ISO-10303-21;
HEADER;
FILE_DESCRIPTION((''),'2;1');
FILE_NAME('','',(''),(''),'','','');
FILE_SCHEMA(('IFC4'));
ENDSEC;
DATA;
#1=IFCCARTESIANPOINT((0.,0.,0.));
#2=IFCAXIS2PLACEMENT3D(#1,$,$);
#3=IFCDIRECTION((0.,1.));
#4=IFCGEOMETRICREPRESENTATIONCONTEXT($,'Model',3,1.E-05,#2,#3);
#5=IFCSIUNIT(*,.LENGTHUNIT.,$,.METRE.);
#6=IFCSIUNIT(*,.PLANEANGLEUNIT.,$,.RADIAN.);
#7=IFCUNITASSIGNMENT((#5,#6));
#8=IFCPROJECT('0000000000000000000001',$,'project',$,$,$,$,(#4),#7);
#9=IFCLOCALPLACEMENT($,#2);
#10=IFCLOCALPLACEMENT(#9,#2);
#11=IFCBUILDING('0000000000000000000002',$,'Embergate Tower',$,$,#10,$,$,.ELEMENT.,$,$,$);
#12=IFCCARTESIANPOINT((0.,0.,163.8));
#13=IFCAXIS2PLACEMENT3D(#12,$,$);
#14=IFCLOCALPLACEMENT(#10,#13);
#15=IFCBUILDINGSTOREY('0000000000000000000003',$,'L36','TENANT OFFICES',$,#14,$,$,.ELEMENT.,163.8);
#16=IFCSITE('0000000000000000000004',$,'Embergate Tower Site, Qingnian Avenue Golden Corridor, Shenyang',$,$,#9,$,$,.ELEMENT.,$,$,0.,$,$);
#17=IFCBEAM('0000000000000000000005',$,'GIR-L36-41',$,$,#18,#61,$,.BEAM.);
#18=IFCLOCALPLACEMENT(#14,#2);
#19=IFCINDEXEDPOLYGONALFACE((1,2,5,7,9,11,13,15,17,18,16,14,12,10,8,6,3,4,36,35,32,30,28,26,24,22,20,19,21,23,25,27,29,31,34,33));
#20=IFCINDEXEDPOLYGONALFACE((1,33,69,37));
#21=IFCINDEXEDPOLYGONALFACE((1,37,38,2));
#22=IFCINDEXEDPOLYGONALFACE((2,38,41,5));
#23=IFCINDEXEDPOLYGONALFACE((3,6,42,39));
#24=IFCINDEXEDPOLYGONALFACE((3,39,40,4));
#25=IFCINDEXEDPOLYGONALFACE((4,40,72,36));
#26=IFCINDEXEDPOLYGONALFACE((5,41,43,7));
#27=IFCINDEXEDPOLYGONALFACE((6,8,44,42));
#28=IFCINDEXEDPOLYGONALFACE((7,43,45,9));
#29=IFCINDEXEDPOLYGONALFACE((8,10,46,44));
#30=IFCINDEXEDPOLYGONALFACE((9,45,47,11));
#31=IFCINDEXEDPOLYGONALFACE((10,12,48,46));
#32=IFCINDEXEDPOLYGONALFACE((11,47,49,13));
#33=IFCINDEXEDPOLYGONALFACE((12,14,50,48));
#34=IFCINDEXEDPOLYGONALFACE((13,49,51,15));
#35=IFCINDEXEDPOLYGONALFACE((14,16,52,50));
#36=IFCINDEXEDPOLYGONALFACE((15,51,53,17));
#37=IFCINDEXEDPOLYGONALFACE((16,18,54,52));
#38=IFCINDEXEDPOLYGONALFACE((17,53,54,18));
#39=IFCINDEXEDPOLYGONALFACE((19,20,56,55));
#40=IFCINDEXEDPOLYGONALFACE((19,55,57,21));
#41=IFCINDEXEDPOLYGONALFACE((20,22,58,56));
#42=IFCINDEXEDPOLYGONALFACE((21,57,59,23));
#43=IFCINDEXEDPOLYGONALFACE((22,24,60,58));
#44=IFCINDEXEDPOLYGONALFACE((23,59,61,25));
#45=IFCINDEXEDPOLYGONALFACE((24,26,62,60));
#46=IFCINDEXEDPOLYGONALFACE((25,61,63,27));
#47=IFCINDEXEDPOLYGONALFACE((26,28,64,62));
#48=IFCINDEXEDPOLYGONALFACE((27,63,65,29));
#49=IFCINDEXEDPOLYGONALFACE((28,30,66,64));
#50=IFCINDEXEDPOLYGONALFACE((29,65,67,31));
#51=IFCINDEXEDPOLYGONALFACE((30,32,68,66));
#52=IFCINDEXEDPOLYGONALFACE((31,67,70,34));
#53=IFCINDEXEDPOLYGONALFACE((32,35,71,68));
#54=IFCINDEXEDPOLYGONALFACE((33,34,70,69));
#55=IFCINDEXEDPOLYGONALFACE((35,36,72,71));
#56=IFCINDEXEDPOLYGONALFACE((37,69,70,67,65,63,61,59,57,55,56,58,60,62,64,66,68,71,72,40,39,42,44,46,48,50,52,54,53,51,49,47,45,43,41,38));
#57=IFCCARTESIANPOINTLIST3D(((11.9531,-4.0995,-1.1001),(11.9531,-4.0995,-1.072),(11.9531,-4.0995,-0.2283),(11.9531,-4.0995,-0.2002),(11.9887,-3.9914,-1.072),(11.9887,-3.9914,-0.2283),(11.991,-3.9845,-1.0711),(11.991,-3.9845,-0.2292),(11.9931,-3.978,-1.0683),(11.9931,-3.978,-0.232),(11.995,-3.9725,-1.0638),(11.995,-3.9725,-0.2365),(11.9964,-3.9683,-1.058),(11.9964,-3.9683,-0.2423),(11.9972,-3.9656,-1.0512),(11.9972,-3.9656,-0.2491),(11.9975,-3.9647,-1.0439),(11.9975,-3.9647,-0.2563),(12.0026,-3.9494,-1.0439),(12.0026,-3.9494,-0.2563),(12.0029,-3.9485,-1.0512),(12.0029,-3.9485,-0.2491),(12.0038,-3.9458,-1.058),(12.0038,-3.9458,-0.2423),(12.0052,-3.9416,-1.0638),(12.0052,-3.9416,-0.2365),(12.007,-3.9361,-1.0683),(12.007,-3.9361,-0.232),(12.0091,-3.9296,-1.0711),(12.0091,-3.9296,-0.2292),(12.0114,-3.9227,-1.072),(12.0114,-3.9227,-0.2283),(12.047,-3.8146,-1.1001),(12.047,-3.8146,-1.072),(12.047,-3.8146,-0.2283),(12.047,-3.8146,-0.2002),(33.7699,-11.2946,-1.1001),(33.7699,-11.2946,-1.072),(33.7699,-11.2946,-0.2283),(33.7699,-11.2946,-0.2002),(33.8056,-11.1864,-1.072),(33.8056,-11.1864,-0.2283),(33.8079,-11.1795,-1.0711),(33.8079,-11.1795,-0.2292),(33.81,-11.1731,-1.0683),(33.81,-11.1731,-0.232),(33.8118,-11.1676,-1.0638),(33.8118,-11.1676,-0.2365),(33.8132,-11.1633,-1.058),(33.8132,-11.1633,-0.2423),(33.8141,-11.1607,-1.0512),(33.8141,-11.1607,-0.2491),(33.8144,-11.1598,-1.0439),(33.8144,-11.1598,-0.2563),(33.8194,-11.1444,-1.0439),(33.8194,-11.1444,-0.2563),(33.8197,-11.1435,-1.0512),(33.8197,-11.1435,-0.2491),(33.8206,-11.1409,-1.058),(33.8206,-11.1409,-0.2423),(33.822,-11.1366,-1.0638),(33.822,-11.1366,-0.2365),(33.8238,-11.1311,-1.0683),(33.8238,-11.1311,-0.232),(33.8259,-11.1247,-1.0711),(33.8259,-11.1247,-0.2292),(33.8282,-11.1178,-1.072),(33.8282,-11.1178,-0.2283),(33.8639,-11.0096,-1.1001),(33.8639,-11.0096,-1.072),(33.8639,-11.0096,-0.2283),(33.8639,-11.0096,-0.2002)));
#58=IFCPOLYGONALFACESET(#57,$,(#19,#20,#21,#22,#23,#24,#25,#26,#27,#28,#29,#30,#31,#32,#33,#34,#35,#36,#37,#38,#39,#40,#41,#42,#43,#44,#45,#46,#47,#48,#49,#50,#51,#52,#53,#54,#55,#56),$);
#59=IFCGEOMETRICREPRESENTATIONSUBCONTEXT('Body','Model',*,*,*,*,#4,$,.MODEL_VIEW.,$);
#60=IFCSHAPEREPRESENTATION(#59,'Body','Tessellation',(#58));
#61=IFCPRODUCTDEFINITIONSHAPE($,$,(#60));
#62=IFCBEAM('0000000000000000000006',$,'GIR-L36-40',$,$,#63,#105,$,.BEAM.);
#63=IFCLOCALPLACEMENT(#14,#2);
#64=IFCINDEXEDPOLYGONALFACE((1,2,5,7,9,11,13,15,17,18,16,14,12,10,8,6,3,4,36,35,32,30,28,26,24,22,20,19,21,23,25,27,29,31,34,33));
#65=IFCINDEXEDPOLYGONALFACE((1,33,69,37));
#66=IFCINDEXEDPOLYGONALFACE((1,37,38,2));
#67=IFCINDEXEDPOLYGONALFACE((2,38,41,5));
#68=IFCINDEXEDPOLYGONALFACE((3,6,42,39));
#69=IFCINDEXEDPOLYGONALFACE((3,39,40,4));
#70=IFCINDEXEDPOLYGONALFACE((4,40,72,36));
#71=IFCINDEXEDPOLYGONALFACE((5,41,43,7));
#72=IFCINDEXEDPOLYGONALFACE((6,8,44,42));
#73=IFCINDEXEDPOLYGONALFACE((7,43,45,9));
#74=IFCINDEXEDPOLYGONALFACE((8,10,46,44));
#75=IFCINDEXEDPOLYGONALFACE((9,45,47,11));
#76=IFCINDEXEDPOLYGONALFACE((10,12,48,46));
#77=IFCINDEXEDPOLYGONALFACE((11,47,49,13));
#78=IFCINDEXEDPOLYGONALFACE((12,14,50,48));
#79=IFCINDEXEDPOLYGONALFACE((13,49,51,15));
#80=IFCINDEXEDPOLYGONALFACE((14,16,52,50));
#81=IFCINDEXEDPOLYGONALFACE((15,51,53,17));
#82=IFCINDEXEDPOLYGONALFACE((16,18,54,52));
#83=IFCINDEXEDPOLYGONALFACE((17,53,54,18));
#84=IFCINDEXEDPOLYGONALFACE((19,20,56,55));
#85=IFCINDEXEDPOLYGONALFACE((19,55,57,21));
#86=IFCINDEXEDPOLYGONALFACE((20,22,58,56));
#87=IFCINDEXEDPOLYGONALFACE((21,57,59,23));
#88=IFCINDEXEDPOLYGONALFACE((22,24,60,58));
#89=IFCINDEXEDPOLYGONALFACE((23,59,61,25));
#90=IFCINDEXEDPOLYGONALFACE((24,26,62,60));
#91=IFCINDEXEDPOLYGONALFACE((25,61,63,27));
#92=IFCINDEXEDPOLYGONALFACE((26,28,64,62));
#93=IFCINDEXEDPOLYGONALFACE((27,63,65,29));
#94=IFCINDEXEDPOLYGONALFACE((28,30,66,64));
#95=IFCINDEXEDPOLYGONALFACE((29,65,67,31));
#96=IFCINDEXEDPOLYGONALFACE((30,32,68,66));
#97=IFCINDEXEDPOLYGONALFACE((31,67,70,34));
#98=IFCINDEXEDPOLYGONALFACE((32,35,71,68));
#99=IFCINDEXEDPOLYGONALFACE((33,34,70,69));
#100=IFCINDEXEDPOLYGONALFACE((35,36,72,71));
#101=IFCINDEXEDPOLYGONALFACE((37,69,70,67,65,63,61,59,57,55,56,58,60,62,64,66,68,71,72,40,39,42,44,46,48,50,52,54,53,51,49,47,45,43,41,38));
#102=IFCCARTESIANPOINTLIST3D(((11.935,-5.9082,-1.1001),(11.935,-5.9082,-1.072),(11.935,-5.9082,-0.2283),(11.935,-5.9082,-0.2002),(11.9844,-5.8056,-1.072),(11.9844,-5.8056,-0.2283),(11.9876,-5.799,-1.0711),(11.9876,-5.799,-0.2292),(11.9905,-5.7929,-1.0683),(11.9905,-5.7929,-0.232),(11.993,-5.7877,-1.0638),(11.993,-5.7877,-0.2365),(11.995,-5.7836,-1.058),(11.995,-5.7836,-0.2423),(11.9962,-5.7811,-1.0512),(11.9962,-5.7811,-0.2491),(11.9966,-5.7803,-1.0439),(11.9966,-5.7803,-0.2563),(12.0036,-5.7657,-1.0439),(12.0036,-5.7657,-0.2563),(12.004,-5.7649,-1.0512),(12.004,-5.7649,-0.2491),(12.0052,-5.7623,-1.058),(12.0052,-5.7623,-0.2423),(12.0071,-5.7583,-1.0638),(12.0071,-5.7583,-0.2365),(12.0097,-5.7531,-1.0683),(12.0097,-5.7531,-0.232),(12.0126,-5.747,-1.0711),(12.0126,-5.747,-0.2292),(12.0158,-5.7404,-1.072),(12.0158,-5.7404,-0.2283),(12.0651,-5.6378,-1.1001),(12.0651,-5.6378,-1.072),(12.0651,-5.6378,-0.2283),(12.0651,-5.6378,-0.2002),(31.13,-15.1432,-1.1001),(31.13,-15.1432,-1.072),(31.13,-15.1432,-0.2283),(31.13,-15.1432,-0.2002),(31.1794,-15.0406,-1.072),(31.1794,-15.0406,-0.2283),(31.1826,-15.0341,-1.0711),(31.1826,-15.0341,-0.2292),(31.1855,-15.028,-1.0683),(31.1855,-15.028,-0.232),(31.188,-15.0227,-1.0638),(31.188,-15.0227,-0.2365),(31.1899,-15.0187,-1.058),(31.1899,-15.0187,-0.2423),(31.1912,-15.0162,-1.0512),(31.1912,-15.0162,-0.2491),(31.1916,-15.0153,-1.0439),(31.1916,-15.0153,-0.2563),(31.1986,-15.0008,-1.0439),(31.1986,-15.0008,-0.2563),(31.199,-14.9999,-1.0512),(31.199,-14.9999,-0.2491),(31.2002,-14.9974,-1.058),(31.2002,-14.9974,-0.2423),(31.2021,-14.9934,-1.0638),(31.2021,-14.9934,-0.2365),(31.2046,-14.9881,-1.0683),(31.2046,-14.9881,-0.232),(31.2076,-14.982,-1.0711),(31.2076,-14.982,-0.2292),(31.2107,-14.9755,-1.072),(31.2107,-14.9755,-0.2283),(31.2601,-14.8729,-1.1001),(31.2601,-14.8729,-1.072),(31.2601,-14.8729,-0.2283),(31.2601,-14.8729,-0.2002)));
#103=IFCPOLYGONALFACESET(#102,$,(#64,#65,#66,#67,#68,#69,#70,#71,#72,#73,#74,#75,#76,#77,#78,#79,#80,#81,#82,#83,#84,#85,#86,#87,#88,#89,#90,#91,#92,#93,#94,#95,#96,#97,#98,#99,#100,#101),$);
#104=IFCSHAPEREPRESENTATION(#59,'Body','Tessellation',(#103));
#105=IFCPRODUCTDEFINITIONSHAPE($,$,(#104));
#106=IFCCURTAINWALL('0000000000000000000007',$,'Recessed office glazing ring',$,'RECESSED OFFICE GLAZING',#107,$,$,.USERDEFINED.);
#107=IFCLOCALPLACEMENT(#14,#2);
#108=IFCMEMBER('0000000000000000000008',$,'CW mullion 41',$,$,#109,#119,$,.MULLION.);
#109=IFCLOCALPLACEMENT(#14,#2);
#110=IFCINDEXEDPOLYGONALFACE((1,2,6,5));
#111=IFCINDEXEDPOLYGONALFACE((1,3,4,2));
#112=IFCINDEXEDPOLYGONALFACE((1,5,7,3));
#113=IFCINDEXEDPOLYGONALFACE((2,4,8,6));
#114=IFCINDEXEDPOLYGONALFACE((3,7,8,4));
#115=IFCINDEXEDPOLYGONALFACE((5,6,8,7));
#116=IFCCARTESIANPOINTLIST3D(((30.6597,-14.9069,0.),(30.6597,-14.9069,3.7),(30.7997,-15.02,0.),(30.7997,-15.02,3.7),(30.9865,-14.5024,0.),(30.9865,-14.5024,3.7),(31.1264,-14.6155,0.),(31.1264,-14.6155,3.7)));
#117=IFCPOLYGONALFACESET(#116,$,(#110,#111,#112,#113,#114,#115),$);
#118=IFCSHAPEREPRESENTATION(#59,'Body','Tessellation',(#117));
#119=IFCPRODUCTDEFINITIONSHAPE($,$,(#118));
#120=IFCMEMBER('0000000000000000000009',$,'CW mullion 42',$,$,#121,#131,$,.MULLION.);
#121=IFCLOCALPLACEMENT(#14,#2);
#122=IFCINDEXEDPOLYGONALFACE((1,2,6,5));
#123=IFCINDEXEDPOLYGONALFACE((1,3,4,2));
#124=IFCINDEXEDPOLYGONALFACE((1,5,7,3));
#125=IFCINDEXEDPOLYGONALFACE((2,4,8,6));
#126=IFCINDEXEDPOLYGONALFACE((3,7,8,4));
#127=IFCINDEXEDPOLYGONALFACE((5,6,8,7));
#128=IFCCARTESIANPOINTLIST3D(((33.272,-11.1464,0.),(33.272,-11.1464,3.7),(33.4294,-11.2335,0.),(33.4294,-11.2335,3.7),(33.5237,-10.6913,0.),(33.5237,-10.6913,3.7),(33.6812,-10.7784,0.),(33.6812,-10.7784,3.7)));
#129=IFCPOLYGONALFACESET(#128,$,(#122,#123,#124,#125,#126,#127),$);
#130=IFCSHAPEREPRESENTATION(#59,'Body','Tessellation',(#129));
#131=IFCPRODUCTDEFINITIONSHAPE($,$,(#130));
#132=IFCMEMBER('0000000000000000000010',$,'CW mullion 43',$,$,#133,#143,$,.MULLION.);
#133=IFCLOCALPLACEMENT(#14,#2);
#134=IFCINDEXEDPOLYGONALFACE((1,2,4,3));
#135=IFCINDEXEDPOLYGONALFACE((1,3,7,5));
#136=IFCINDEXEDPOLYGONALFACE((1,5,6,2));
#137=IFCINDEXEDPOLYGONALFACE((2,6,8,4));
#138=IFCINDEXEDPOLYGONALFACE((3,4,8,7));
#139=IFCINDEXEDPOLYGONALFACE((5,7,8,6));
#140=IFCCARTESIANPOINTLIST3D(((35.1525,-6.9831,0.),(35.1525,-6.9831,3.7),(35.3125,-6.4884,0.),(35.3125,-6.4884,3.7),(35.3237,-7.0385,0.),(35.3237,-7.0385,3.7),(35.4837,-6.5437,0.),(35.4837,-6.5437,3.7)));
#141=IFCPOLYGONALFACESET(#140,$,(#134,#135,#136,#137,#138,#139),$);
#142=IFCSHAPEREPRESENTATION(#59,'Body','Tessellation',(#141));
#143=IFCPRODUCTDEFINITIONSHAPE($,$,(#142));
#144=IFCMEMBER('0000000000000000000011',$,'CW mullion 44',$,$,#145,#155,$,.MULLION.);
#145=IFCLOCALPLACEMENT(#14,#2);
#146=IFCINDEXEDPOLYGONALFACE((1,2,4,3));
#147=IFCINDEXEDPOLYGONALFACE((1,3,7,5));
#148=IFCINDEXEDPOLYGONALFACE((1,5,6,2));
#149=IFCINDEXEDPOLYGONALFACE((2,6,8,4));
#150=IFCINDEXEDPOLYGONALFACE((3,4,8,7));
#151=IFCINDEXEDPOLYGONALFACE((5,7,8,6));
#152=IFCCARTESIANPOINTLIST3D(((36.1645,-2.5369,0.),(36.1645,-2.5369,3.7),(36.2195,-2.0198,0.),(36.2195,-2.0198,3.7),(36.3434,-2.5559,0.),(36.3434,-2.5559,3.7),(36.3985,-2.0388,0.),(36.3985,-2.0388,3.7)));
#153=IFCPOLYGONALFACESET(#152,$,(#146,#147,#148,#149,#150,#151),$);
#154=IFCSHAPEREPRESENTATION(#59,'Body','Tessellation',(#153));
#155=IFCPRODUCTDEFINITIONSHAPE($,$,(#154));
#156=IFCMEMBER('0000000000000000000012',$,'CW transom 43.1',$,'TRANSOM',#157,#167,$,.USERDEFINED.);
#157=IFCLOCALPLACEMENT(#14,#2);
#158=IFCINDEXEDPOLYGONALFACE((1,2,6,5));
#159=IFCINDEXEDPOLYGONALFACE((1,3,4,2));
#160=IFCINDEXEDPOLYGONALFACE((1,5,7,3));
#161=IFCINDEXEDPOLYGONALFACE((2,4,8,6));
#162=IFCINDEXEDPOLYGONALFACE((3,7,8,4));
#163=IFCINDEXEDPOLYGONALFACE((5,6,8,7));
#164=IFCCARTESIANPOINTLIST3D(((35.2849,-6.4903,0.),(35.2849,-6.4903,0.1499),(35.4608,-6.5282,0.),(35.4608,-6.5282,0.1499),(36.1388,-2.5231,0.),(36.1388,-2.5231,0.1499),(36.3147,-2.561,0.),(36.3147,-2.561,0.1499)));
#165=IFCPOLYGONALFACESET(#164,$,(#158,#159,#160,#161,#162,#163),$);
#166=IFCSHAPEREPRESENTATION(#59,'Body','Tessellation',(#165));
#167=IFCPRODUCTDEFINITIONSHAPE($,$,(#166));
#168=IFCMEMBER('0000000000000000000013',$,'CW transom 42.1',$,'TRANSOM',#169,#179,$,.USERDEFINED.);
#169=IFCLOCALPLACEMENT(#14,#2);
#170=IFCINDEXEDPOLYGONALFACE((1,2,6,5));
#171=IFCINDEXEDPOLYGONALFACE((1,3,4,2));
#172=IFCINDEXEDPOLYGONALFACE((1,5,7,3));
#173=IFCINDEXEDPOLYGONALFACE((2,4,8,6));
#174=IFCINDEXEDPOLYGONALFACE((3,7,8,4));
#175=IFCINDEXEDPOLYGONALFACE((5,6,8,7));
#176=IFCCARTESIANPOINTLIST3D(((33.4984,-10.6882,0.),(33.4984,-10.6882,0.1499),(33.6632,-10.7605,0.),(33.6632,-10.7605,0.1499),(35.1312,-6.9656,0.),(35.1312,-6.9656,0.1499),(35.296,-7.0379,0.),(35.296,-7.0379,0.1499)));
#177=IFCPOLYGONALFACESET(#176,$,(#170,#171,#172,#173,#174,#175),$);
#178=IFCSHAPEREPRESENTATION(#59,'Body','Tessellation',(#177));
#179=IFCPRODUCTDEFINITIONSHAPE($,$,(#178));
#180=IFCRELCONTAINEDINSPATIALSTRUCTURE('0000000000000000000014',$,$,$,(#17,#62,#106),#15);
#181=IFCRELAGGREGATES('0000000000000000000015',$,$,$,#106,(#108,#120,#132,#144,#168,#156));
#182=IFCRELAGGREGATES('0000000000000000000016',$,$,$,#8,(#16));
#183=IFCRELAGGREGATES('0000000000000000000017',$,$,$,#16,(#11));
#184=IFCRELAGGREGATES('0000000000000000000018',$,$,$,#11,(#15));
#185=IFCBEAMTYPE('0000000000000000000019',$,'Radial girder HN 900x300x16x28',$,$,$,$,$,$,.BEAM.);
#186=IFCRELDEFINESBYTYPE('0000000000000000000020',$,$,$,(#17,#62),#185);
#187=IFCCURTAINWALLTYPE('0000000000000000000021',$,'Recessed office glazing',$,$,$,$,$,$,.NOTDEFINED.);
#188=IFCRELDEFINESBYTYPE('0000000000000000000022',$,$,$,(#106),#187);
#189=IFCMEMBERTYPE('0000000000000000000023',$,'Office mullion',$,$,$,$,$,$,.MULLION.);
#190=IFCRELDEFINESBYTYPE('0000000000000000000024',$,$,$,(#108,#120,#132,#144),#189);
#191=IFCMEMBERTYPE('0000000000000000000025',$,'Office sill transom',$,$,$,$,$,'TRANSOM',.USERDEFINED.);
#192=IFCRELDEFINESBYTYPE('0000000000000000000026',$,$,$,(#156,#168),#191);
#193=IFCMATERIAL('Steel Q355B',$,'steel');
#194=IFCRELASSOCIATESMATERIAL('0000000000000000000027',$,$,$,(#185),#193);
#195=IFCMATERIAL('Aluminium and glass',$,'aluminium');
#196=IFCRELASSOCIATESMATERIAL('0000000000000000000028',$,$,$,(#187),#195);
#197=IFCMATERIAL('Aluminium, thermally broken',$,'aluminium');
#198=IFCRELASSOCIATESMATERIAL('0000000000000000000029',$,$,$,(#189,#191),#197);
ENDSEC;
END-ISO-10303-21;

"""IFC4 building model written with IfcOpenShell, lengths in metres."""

from ifc_helpers import new_model, si_unit, direction, frame, origin, origin_2d, place, context, subcontext, project, spatial, rectangle, i_section, extrude, source, transform, mapped, material, material_profile, profile_set, type_object, element, aggregate, save


model = new_model("IFC4")

# Units and contexts
model_context = context("Model", 3, precision=1e-05, world=origin(), true_north=direction((0.0, 1.0)))
body_context = subcontext(model_context, "Body", "Model", "MODEL_VIEW")
ifc_project = project(units=[si_unit("LENGTHUNIT", "METRE"), si_unit("PLANEANGLEUNIT", "RADIAN")], contexts=[model_context])

# Site, building, storey
site_placement = place(None, origin())
site = spatial("IfcSite", under=ifc_project, at=site_placement, Name="Embergate Tower Site, Qingnian Avenue Golden Corridor, Shenyang", CompositionType="ELEMENT", RefElevation=0.0)
building_placement = place(site_placement, origin())
building = spatial("IfcBuilding", under=site, at=building_placement, Name="Embergate Tower", CompositionType="ELEMENT")
storey_placement = place(building_placement, frame((0.0, 0.0, 163.8)))
storey = spatial("IfcBuildingStorey", under=building, at=storey_placement, Name="L36", Description="TENANT OFFICES", CompositionType="ELEMENT", Elevation=163.8)

# Beams
ifc_material_1 = material(Name="Steel Q355B", Category="steel")
ifc_material_profile_1 = material_profile(ifc_material_1, i_section(OverallWidth=0.3, OverallDepth=0.8999, WebThickness=0.0161, FlangeThickness=0.0281, FilletRadius=0.0281, at=origin_2d()), Name="HN 900x300x16x28")
ifc_profile_set_1 = profile_set([ifc_material_profile_1], Name="Steel Q355 grade B")
beam_type_1 = type_object("IfcBeamType", Name="Radial girder HN 900x300x16x28", PredefinedType="BEAM", material=ifc_profile_set_1)
shared_shape_1 = source(origin(), body_context, "Body", "SweptSolid", [
    extrude(i_section(OverallWidth=0.3, OverallDepth=0.8999, WebThickness=0.0161, FlangeThickness=0.0281, FilletRadius=0.0281, at=origin_2d()), origin(), (0.0, 0.0, 1.0), 22.9727),
])
beam_1_placement = place(storey_placement, frame((33.8169, -11.1521, -0.6501), z_axis=(-0.949687, 0.313201, 0.0), x_axis=(-0.313201, -0.949687, 0.0)))
element("IfcBeam", 1, at=beam_1_placement, inside=storey, type_object=beam_type_1, Name="GIR-L36-41", PredefinedType="BEAM", context=body_context, shape_type="MappedRepresentation", body=[
    mapped(shared_shape_1, transform((0.0, 0.0, 0.0))),
])
shared_shape_2 = source(origin(), body_context, "Body", "SweptSolid", [
    extrude(i_section(OverallWidth=0.3, OverallDepth=0.8999, WebThickness=0.0161, FlangeThickness=0.0281, FilletRadius=0.0281, at=origin_2d()), origin(), (0.0, 0.0, 1.0), 21.301),
])
beam_2_placement = place(storey_placement, frame((31.1951, -15.0081, -0.6501), z_axis=(-0.901129, 0.43355, 0.0), x_axis=(-0.43355, -0.901129, 0.0)))
element("IfcBeam", 2, at=beam_2_placement, inside=storey, type_object=beam_type_1, Name="GIR-L36-40", PredefinedType="BEAM", context=body_context, shape_type="MappedRepresentation", body=[
    mapped(shared_shape_2, transform((0.0, 0.0, 0.0))),
])

# Curtain wall, members
ifc_material_2 = material(Name="Aluminium and glass", Category="aluminium")
curtain_wall_type = type_object("IfcCurtainWallType", Name="Recessed office glazing", PredefinedType="NOTDEFINED", material=ifc_material_2)
curtain_wall_placement = place(storey_placement, origin())
curtain_wall = element("IfcCurtainWall", 3, at=curtain_wall_placement, inside=storey, type_object=curtain_wall_type, Name="Recessed office glazing ring", ObjectType="RECESSED OFFICE GLAZING", PredefinedType="USERDEFINED")
ifc_material_3 = material(Name="Aluminium, thermally broken", Category="aluminium")
ifc_material_profile_2 = material_profile(ifc_material_3, rectangle(XDim=0.1799, YDim=0.52, at=origin_2d()), Name="AL 520x180")
ifc_profile_set_2 = profile_set([ifc_material_profile_2], Name="Aluminium, thermally broken")
member_type_1 = type_object("IfcMemberType", Name="Office mullion", PredefinedType="MULLION", material=ifc_profile_set_2)
shared_shape_3 = source(origin(), body_context, "Body", "SweptSolid", [
    extrude(rectangle(XDim=0.1799, YDim=0.52, at=origin_2d()), origin(), (0.0, 0.0, 1.0), 3.7),
])
member_1_placement = place(storey_placement, frame((30.8931, -14.7612, 0.0), z_axis=(0.0, 0.0, 1.0), x_axis=(-0.777873, 0.628422, 0.0)))
member_1 = element("IfcMember", 4, at=member_1_placement, type_object=member_type_1, Name="CW mullion 41", PredefinedType="MULLION", context=body_context, shape_type="MappedRepresentation", body=[
    mapped(shared_shape_3, transform((0.0, 0.0, 0.0))),
])
member_2_placement = place(storey_placement, frame((33.4766, -10.9624, 0.0), z_axis=(0.0, 0.0, 1.0), x_axis=(-0.875002, 0.484119, 0.0)))
member_2 = element("IfcMember", 5, at=member_2_placement, type_object=member_type_1, Name="CW mullion 42", PredefinedType="MULLION", context=body_context, shape_type="MappedRepresentation", body=[
    mapped(shared_shape_3, transform((0.0, 0.0, 0.0))),
])
member_3_placement = place(storey_placement, frame((35.3181, -6.7634, 0.0), z_axis=(0.0, 0.0, 1.0), x_axis=(-0.951498, 0.307656, 0.0)))
member_3 = element("IfcMember", 6, at=member_3_placement, type_object=member_type_1, Name="CW mullion 43", PredefinedType="MULLION", context=body_context, shape_type="MappedRepresentation", body=[
    mapped(shared_shape_3, transform((0.0, 0.0, 0.0))),
])
member_4_placement = place(storey_placement, frame((36.2815, -2.2878, 0.0), z_axis=(0.0, 0.0, 1.0), x_axis=(-0.994385, 0.105823, 0.0)))
member_4 = element("IfcMember", 7, at=member_4_placement, type_object=member_type_1, Name="CW mullion 44", PredefinedType="MULLION", context=body_context, shape_type="MappedRepresentation", body=[
    mapped(shared_shape_3, transform((0.0, 0.0, 0.0))),
])
ifc_material_profile_3 = material_profile(ifc_material_3, rectangle(XDim=0.1799, YDim=0.1499, at=origin_2d()), Name="AL 150x180")
ifc_profile_set_3 = profile_set([ifc_material_profile_3], Name="Aluminium, thermally broken")
member_type_2 = type_object("IfcMemberType", Name="Office sill transom", ElementType="TRANSOM", PredefinedType="USERDEFINED", material=ifc_profile_set_3)
shared_shape_4 = source(origin(), body_context, "Body", "SweptSolid", [
    extrude(rectangle(XDim=0.1799, YDim=0.1499, at=origin_2d()), origin(), (0.0, 0.0, 1.0), 4.0581),
])
member_5_placement = place(storey_placement, frame((35.3728, -6.5093, 0.075), z_axis=(0.210441, 0.977607, 0.0), x_axis=(-0.977607, 0.210441, 0.0)))
member_5 = element("IfcMember", 8, at=member_5_placement, type_object=member_type_2, Name="CW transom 43.1", ObjectType="TRANSOM", PredefinedType="USERDEFINED", context=body_context, shape_type="MappedRepresentation", body=[
    mapped(shared_shape_4, transform((0.0, 0.0, 0.0))),
])
shared_shape_5 = source(origin(), body_context, "Body", "SweptSolid", [
    extrude(rectangle(XDim=0.1799, YDim=0.1499, at=origin_2d()), origin(), (0.0, 0.0, 1.0), 4.0649),
])
member_6_placement = place(storey_placement, frame((33.5808, -10.7244, 0.075), z_axis=(0.401676, 0.915782, 0.0), x_axis=(-0.915782, 0.401676, 0.0)))
member_6 = element("IfcMember", 9, at=member_6_placement, type_object=member_type_2, Name="CW transom 42.1", ObjectType="TRANSOM", PredefinedType="USERDEFINED", context=body_context, shape_type="MappedRepresentation", body=[
    mapped(shared_shape_5, transform((0.0, 0.0, 0.0))),
])
aggregate(curtain_wall, [member_1, member_2, member_3, member_4, member_6, member_5])

save(model, "model.ifc")
